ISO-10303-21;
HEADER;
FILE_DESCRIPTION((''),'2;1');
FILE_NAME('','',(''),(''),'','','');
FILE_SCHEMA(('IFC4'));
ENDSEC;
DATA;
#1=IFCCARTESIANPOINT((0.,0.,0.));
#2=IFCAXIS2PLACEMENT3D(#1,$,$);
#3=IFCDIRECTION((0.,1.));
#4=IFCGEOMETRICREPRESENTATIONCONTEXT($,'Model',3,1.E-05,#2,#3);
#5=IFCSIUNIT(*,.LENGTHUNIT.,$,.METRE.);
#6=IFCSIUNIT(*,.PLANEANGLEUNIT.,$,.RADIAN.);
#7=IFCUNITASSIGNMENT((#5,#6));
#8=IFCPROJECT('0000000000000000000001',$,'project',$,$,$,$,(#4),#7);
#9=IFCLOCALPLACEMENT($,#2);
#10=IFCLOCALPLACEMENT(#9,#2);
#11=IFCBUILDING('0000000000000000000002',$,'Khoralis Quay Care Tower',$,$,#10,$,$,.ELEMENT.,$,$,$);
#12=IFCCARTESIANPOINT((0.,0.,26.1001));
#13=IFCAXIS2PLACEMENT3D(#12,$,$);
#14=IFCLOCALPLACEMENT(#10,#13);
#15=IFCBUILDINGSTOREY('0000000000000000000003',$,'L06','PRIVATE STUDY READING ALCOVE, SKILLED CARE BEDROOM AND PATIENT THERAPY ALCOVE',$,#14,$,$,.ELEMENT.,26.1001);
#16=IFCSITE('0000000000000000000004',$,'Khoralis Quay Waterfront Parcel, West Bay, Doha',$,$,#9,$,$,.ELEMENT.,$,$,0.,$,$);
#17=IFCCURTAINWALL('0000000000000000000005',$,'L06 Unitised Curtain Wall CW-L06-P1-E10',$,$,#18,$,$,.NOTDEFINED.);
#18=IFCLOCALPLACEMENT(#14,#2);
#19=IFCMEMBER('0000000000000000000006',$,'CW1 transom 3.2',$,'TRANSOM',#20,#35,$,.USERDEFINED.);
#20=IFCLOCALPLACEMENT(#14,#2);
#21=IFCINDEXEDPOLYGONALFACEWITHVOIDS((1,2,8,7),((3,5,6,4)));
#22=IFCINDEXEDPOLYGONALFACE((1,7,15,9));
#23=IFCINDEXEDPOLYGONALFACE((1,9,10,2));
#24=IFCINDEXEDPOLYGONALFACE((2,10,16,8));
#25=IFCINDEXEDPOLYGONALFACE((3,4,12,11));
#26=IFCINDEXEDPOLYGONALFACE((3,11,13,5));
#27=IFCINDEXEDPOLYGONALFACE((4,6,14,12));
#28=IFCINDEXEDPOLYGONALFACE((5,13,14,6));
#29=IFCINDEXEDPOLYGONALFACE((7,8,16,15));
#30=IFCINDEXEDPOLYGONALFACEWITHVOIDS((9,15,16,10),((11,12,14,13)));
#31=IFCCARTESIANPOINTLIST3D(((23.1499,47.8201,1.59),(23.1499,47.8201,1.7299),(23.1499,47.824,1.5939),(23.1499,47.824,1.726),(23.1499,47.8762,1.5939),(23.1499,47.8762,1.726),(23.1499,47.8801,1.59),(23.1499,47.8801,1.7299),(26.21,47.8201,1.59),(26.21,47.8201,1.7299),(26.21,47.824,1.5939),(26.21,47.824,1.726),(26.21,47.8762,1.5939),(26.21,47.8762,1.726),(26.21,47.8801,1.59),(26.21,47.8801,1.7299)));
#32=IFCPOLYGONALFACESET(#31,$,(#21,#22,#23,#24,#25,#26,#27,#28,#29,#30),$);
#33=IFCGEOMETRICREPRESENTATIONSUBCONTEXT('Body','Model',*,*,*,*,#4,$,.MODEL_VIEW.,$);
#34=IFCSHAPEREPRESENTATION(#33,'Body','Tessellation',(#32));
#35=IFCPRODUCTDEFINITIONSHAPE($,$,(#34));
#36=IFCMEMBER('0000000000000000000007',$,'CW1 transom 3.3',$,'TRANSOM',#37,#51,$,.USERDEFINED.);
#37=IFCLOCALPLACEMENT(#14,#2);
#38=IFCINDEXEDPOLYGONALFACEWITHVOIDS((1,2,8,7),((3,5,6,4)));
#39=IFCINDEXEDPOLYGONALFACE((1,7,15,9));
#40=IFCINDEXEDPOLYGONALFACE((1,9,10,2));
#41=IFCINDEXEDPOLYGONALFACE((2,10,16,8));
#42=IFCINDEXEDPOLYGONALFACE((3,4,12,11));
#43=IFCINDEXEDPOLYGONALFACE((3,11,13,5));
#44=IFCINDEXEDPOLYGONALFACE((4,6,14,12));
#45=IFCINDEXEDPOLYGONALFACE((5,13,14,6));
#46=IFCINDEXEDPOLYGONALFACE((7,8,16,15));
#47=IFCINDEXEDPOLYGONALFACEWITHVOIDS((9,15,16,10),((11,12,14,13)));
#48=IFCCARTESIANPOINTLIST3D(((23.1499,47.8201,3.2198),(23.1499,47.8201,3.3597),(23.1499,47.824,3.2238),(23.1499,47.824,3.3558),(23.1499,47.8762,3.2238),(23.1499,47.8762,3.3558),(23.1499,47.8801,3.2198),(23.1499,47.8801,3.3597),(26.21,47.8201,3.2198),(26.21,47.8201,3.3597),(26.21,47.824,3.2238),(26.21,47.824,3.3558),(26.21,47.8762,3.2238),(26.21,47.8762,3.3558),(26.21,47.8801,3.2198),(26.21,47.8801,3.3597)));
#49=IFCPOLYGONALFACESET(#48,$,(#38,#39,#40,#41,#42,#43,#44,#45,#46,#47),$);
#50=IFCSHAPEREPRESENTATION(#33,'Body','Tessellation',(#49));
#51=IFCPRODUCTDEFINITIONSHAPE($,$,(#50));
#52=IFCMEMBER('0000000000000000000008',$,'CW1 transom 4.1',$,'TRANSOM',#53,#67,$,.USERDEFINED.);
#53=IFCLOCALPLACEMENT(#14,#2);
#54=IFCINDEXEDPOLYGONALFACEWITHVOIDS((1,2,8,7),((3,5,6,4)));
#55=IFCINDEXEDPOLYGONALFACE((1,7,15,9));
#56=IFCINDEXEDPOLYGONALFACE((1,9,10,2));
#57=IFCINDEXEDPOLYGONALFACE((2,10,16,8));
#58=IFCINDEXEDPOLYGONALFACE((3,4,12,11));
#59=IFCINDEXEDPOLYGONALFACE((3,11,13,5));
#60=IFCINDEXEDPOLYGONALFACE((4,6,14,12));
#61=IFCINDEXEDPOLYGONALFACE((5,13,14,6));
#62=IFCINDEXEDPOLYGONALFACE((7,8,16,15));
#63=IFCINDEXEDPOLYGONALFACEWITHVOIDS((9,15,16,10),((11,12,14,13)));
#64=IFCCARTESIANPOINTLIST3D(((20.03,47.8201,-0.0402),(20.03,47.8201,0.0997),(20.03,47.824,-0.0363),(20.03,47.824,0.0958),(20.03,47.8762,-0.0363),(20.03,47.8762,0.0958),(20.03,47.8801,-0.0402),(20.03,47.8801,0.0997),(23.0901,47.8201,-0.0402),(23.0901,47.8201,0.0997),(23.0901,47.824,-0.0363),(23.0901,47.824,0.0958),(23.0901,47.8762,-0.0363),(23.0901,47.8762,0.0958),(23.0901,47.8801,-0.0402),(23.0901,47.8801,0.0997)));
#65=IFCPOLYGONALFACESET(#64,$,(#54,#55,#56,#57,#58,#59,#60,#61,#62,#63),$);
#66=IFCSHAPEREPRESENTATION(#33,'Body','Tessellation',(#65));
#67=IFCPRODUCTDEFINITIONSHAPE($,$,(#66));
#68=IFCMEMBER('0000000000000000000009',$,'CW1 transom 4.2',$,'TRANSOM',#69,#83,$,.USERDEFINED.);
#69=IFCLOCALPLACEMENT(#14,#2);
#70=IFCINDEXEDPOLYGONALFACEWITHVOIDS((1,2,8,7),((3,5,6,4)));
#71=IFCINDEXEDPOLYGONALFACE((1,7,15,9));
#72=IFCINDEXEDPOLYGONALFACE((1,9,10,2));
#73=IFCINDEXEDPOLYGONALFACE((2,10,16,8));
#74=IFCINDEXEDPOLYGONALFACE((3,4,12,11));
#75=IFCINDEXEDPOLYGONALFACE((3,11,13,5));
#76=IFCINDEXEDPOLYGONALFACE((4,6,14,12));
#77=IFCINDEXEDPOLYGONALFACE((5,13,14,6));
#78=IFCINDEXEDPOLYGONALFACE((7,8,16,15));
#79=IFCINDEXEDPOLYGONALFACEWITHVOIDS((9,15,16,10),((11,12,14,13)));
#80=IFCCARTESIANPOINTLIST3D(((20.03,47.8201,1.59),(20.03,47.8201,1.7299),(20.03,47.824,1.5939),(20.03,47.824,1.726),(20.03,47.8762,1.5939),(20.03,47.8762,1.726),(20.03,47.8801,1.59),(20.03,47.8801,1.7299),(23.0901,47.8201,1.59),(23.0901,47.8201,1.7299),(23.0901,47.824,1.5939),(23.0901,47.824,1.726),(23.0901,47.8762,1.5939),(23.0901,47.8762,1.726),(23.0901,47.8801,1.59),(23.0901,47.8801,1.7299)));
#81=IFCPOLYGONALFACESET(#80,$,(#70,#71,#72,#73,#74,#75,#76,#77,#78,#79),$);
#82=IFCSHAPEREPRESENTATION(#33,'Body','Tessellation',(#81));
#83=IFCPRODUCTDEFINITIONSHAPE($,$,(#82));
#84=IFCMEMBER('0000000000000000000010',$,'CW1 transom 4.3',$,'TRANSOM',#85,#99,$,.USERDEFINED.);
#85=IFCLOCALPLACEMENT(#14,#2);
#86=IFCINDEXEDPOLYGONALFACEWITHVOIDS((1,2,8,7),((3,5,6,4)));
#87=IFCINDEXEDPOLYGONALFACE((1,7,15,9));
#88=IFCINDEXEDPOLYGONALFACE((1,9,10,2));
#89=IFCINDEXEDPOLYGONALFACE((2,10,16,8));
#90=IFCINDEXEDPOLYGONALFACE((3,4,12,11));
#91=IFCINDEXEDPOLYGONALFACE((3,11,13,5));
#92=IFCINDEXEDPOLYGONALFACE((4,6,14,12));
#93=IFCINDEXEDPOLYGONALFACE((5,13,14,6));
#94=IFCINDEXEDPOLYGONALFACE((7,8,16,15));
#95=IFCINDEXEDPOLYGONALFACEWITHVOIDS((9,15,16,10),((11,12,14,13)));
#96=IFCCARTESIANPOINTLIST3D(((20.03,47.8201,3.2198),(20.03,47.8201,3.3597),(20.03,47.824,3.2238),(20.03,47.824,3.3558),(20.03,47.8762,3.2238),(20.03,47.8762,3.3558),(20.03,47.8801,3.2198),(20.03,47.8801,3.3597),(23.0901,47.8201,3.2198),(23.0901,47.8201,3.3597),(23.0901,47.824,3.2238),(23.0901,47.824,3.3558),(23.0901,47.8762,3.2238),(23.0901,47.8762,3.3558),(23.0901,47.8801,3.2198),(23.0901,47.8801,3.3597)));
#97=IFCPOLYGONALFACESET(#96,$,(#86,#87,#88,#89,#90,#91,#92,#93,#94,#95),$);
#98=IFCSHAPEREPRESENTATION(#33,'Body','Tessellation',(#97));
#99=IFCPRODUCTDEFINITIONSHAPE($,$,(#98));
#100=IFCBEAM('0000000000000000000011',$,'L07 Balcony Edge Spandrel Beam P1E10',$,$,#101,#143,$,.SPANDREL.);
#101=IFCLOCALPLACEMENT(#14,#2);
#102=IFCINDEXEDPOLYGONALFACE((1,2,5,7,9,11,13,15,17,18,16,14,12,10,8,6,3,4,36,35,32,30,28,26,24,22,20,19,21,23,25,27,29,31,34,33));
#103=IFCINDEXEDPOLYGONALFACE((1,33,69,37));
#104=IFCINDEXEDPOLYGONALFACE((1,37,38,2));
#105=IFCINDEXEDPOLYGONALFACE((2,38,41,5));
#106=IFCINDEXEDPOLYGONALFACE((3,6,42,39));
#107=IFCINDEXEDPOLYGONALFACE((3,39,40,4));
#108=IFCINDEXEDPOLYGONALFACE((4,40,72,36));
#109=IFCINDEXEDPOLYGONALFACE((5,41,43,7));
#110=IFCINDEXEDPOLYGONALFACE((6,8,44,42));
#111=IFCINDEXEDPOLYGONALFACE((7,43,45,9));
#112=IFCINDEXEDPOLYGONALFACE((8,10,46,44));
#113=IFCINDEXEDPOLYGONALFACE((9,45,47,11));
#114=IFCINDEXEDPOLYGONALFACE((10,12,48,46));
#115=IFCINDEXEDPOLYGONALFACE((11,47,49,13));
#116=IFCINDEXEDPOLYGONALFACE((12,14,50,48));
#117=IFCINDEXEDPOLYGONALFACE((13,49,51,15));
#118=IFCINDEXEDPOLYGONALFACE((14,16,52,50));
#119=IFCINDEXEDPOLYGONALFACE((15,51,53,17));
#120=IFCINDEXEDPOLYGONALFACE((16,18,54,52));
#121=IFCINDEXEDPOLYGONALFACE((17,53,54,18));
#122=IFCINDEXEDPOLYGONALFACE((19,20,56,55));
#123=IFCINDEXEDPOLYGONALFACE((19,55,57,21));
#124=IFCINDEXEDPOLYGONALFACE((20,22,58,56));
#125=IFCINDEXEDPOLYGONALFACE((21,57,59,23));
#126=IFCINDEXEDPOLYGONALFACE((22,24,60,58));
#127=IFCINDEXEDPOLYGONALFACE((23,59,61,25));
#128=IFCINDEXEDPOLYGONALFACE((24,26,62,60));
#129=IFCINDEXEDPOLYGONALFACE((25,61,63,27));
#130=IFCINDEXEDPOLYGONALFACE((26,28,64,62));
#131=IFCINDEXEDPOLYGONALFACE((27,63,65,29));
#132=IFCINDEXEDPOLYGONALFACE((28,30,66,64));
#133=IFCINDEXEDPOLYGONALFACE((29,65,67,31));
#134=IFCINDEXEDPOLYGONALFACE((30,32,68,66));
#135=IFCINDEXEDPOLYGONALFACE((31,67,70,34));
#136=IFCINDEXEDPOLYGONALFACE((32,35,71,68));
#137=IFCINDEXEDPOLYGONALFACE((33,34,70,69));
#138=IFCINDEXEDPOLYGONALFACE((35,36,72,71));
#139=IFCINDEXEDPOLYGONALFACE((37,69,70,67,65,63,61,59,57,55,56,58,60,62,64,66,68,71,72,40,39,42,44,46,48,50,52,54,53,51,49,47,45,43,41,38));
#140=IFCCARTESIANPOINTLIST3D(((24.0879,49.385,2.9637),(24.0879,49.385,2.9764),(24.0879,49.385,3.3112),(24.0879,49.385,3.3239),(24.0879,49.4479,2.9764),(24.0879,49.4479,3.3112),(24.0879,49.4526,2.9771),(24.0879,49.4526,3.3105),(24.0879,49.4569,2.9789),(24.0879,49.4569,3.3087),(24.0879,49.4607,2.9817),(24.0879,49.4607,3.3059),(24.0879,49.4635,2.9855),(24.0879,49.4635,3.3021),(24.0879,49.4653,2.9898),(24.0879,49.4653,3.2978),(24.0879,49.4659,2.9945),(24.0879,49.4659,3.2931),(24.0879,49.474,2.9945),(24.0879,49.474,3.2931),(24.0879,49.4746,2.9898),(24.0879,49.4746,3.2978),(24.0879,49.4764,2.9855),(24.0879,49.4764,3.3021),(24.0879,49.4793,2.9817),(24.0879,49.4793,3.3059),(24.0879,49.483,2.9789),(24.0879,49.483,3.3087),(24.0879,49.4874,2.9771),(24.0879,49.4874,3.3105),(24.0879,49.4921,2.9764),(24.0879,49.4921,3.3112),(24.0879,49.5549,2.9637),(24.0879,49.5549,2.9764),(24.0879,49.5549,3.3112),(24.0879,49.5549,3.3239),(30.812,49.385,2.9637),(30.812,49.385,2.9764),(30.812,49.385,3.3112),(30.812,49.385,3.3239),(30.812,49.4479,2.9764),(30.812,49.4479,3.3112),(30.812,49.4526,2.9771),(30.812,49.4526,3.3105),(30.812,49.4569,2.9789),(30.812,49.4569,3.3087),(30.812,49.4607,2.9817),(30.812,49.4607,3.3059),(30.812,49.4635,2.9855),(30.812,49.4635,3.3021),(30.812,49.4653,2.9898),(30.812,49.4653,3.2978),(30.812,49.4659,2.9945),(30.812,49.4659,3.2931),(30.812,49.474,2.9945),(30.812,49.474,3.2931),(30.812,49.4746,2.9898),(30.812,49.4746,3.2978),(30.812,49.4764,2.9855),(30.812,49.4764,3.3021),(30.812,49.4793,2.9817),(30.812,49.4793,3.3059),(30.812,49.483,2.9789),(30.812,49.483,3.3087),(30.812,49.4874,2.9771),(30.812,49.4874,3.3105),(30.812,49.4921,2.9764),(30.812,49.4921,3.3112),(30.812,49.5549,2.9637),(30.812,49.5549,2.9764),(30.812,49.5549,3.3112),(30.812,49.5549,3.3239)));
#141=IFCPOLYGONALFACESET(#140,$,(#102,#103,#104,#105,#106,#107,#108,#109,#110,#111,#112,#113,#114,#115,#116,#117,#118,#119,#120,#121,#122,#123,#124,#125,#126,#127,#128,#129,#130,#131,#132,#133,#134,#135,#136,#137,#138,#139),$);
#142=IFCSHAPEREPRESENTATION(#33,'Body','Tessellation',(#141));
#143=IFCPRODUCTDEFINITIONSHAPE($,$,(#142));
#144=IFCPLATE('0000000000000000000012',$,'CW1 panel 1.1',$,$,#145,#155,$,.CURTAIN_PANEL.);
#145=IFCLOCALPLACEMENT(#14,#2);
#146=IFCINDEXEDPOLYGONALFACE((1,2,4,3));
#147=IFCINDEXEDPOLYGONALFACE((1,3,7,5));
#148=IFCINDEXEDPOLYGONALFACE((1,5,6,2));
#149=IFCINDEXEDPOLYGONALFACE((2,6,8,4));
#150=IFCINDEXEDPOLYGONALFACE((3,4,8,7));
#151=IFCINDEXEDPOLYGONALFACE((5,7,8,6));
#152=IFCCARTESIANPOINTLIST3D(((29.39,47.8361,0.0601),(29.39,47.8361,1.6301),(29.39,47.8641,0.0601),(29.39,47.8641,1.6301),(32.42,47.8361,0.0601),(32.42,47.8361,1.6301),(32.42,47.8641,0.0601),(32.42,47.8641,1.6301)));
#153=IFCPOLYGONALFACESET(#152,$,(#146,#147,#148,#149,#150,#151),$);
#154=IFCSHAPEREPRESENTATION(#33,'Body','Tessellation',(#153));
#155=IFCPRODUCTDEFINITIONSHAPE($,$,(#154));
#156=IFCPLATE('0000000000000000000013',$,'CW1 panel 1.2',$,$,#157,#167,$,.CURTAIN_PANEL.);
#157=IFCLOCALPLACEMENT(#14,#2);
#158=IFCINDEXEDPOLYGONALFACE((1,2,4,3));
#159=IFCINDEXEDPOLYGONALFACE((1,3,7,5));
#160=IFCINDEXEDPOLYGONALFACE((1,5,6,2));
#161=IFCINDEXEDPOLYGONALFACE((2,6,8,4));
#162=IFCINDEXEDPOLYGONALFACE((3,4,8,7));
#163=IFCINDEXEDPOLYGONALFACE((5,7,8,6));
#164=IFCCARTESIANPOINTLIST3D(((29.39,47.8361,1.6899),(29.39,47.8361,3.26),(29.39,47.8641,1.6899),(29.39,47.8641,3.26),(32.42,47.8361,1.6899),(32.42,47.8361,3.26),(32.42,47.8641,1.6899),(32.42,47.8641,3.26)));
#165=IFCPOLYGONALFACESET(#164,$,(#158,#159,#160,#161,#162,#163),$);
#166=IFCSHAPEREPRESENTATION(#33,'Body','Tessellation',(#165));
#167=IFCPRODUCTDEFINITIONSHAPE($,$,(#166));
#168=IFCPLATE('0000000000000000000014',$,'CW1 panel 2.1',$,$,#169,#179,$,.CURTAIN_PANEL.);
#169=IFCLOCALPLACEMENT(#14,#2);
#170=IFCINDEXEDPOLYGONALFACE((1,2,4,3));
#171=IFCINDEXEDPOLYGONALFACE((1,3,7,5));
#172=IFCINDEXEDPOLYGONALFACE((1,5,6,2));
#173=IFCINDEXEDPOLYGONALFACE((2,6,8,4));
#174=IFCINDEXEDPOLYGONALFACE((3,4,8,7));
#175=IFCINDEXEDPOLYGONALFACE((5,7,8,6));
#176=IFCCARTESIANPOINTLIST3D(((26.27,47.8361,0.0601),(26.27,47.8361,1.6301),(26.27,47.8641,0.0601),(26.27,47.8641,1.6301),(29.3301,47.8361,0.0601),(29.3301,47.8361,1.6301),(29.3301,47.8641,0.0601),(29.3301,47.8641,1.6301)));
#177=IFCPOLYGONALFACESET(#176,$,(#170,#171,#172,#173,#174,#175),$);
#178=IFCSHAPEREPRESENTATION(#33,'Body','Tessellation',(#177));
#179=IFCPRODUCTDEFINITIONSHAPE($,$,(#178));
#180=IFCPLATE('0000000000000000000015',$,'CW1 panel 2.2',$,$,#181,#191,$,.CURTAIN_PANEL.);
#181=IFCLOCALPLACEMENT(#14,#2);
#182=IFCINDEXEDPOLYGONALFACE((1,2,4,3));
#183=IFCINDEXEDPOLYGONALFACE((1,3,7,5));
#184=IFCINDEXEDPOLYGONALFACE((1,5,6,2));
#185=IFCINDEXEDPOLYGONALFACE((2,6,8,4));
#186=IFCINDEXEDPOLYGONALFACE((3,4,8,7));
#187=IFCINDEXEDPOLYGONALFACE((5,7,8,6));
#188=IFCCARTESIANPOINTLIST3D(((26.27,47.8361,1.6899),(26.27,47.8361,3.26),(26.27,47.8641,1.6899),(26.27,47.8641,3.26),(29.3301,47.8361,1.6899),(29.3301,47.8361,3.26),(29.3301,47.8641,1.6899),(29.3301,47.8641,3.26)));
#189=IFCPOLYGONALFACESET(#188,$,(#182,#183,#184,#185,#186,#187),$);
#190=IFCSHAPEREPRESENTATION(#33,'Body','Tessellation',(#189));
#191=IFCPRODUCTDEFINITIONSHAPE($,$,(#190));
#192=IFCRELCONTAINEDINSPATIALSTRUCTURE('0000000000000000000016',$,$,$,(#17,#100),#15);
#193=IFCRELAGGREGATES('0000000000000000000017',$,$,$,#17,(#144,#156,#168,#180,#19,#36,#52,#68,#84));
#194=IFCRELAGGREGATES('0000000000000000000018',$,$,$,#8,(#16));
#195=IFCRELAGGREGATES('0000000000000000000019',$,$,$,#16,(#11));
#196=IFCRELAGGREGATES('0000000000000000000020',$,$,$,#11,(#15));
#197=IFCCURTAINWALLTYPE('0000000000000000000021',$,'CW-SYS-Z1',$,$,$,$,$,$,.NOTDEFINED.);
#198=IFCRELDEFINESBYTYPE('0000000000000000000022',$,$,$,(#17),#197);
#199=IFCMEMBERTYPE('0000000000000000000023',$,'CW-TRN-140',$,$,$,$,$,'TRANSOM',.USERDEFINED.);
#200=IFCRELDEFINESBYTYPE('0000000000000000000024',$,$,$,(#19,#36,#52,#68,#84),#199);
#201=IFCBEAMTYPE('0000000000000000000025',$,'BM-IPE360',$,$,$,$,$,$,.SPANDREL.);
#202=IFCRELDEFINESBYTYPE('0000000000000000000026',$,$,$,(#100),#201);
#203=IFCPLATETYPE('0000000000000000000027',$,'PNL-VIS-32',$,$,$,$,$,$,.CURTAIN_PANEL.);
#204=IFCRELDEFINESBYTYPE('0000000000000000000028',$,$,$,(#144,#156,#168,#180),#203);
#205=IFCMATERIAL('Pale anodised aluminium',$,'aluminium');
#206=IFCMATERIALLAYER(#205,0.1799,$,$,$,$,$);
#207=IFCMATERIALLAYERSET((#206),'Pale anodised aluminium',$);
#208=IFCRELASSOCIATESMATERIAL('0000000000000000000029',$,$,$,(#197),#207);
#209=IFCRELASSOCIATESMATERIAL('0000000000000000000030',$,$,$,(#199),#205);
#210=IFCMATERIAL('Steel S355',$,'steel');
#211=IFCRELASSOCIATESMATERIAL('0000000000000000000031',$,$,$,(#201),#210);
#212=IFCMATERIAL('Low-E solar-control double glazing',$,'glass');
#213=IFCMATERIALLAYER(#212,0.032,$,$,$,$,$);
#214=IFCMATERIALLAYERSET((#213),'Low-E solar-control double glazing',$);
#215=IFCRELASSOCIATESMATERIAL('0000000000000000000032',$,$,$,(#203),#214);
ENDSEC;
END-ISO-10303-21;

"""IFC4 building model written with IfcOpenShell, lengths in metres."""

from ifc_helpers import new_model, si_unit, direction, frame, origin, origin_2d, place, context, subcontext, project, spatial, rectangle, hollow_rectangle, i_section, extrude, source, transform, mapped, material, layer, layer_set, material_profile, profile_set, type_object, element, aggregate, save


model = new_model("IFC4")

# Units and contexts
model_context = context("Model", 3, precision=1e-05, world=origin(), true_north=direction((0.0, 1.0)))
body_context = subcontext(model_context, "Body", "Model", "MODEL_VIEW")
ifc_project = project(units=[si_unit("LENGTHUNIT", "METRE"), si_unit("PLANEANGLEUNIT", "RADIAN")], contexts=[model_context])

# Site, building, storey
site_placement = place(None, origin())
site = spatial("IfcSite", under=ifc_project, at=site_placement, Name="Khoralis Quay Waterfront Parcel, West Bay, Doha", CompositionType="ELEMENT", RefElevation=0.0)
building_placement = place(site_placement, origin())
building = spatial("IfcBuilding", under=site, at=building_placement, Name="Khoralis Quay Care Tower", CompositionType="ELEMENT")
storey_placement = place(building_placement, frame((0.0, 0.0, 26.1001)))
storey = spatial("IfcBuildingStorey", under=building, at=storey_placement, Name="L06", Description="PRIVATE STUDY READING ALCOVE, SKILLED CARE BEDROOM AND PATIENT THERAPY ALCOVE", CompositionType="ELEMENT", Elevation=26.1001)

# Curtain wall, members
ifc_material_1 = material(Name="Pale anodised aluminium", Category="aluminium")
ifc_layer_1 = layer(ifc_material_1, 0.1799)
ifc_layer_set_1 = layer_set([ifc_layer_1], Name="Pale anodised aluminium")
curtain_wall_type = type_object("IfcCurtainWallType", Name="CW-SYS-Z1", PredefinedType="NOTDEFINED", material=ifc_layer_set_1)
curtain_wall_placement = place(storey_placement, origin())
curtain_wall = element("IfcCurtainWall", 1, at=curtain_wall_placement, inside=storey, type_object=curtain_wall_type, Name="L06 Unitised Curtain Wall CW-L06-P1-E10", PredefinedType="NOTDEFINED")
ifc_material_profile_1 = material_profile(ifc_material_1, hollow_rectangle(XDim=0.0601, YDim=0.1399, WallThickness=0.0039, at=origin_2d()), Name="Pale anodised aluminium")
ifc_profile_set_1 = profile_set([ifc_material_profile_1], Name="Pale anodised aluminium")
member_type_1 = type_object("IfcMemberType", Name="CW-TRN-140", ElementType="TRANSOM", PredefinedType="USERDEFINED", material=ifc_profile_set_1)
shared_shape_1 = source(origin(), body_context, "Body", "SweptSolid", [
    extrude(hollow_rectangle(XDim=0.0601, YDim=0.1399, WallThickness=0.0039, at=origin_2d()), origin(), (0.0, 0.0, 1.0), 3.0601),
])
member_1_placement = place(storey_placement, frame((26.21, 47.8501, 1.6599), z_axis=(-1.0, 0.0, 0.0), x_axis=(0.0, -1.0, 0.0)))
member_1 = element("IfcMember", 2, at=member_1_placement, type_object=member_type_1, Name="CW1 transom 3.2", ObjectType="TRANSOM", PredefinedType="USERDEFINED", context=body_context, shape_type="MappedRepresentation", body=[
    mapped(shared_shape_1, transform((0.0, 0.0, 0.0), scale=1.0)),
])
member_2_placement = place(storey_placement, frame((26.21, 47.8501, 3.2898), z_axis=(-1.0, 0.0, 0.0), x_axis=(0.0, -1.0, 0.0)))
member_2 = element("IfcMember", 3, at=member_2_placement, type_object=member_type_1, Name="CW1 transom 3.3", ObjectType="TRANSOM", PredefinedType="USERDEFINED", context=body_context, shape_type="MappedRepresentation", body=[
    mapped(shared_shape_1, transform((0.0, 0.0, 0.0), scale=1.0)),
])
member_3_placement = place(storey_placement, frame((23.0901, 47.8501, 0.0298), z_axis=(-1.0, 0.0, 0.0), x_axis=(0.0, -1.0, 0.0)))
member_3 = element("IfcMember", 4, at=member_3_placement, type_object=member_type_1, Name="CW1 transom 4.1", ObjectType="TRANSOM", PredefinedType="USERDEFINED", context=body_context, shape_type="MappedRepresentation", body=[
    mapped(shared_shape_1, transform((0.0, 0.0, 0.0), scale=1.0)),
])
member_4_placement = place(storey_placement, frame((23.0901, 47.8501, 1.6599), z_axis=(-1.0, 0.0, 0.0), x_axis=(0.0, -1.0, 0.0)))
member_4 = element("IfcMember", 5, at=member_4_placement, type_object=member_type_1, Name="CW1 transom 4.2", ObjectType="TRANSOM", PredefinedType="USERDEFINED", context=body_context, shape_type="MappedRepresentation", body=[
    mapped(shared_shape_1, transform((0.0, 0.0, 0.0), scale=1.0)),
])
member_5_placement = place(storey_placement, frame((23.0901, 47.8501, 3.2898), z_axis=(-1.0, 0.0, 0.0), x_axis=(0.0, -1.0, 0.0)))
member_5 = element("IfcMember", 6, at=member_5_placement, type_object=member_type_1, Name="CW1 transom 4.3", ObjectType="TRANSOM", PredefinedType="USERDEFINED", context=body_context, shape_type="MappedRepresentation", body=[
    mapped(shared_shape_1, transform((0.0, 0.0, 0.0), scale=1.0)),
])

# Beam
ifc_material_2 = material(Name="Steel S355", Category="steel")
ifc_material_profile_2 = material_profile(ifc_material_2, i_section(OverallWidth=0.1699, OverallDepth=0.3601, WebThickness=0.0081, FlangeThickness=0.0127, FilletRadius=0.0181, at=origin_2d()), Name="Steel S355")
ifc_profile_set_2 = profile_set([ifc_material_profile_2], Name="Steel S355")
beam_type = type_object("IfcBeamType", Name="BM-IPE360", PredefinedType="SPANDREL", material=ifc_profile_set_2)
shared_shape_2 = source(origin(), body_context, "Body", "SweptSolid", [
    extrude(i_section(OverallWidth=0.1699, OverallDepth=0.3601, WebThickness=0.0081, FlangeThickness=0.0127, FilletRadius=0.0181, at=origin_2d()), origin(), (0.0, 0.0, 1.0), 6.7241),
])
beam_placement = place(storey_placement, frame((24.0879, 49.47, 3.1438), z_axis=(1.0, 0.0, 0.0), x_axis=(0.0, 1.0, 0.0)))
element("IfcBeam", 7, at=beam_placement, inside=storey, type_object=beam_type, Name="L07 Balcony Edge Spandrel Beam P1E10", PredefinedType="SPANDREL", context=body_context, shape_type="MappedRepresentation", body=[
    mapped(shared_shape_2, transform((0.0, 0.0, 0.0), scale=1.0)),
])

# Plates
ifc_material_3 = material(Name="Low-E solar-control double glazing", Category="glass")
ifc_layer_2 = layer(ifc_material_3, 0.032)
ifc_layer_set_2 = layer_set([ifc_layer_2], Name="Low-E solar-control double glazing")
plate_type = type_object("IfcPlateType", Name="PNL-VIS-32", PredefinedType="CURTAIN_PANEL", material=ifc_layer_set_2)
shared_shape_3 = source(origin(), body_context, "Body", "SweptSolid", [
    extrude(rectangle(XDim=3.03, YDim=0.0281, at=origin_2d()), origin(), (0.0, 0.0, 1.0), 1.5701),
])
plate_1_placement = place(storey_placement, frame((30.905, 47.8501, 0.0601), z_axis=(0.0, 0.0, 1.0), x_axis=(-1.0, 0.0, 0.0)))
plate_1 = element("IfcPlate", 8, at=plate_1_placement, type_object=plate_type, Name="CW1 panel 1.1", PredefinedType="CURTAIN_PANEL", context=body_context, shape_type="MappedRepresentation", body=[
    mapped(shared_shape_3, transform((0.0, 0.0, 0.0), scale=1.0)),
])
plate_2_placement = place(storey_placement, frame((30.905, 47.8501, 1.6899), z_axis=(0.0, 0.0, 1.0), x_axis=(-1.0, 0.0, 0.0)))
plate_2 = element("IfcPlate", 9, at=plate_2_placement, type_object=plate_type, Name="CW1 panel 1.2", PredefinedType="CURTAIN_PANEL", context=body_context, shape_type="MappedRepresentation", body=[
    mapped(shared_shape_3, transform((0.0, 0.0, 0.0), scale=1.0)),
])
shared_shape_4 = source(origin(), body_context, "Body", "SweptSolid", [
    extrude(rectangle(XDim=3.0601, YDim=0.0281, at=origin_2d()), origin(), (0.0, 0.0, 1.0), 1.5701),
])
plate_3_placement = place(storey_placement, frame((27.8, 47.8501, 0.0601), z_axis=(0.0, 0.0, 1.0), x_axis=(-1.0, 0.0, 0.0)))
plate_3 = element("IfcPlate", 10, at=plate_3_placement, type_object=plate_type, Name="CW1 panel 2.1", PredefinedType="CURTAIN_PANEL", context=body_context, shape_type="MappedRepresentation", body=[
    mapped(shared_shape_4, transform((0.0, 0.0, 0.0), scale=1.0)),
])
plate_4_placement = place(storey_placement, frame((27.8, 47.8501, 1.6899), z_axis=(0.0, 0.0, 1.0), x_axis=(-1.0, 0.0, 0.0)))
plate_4 = element("IfcPlate", 11, at=plate_4_placement, type_object=plate_type, Name="CW1 panel 2.2", PredefinedType="CURTAIN_PANEL", context=body_context, shape_type="MappedRepresentation", body=[
    mapped(shared_shape_4, transform((0.0, 0.0, 0.0), scale=1.0)),
])
aggregate(curtain_wall, [plate_1, plate_2, plate_3, plate_4, member_1, member_2, member_3, member_4, member_5])

save(model, "model.ifc")
